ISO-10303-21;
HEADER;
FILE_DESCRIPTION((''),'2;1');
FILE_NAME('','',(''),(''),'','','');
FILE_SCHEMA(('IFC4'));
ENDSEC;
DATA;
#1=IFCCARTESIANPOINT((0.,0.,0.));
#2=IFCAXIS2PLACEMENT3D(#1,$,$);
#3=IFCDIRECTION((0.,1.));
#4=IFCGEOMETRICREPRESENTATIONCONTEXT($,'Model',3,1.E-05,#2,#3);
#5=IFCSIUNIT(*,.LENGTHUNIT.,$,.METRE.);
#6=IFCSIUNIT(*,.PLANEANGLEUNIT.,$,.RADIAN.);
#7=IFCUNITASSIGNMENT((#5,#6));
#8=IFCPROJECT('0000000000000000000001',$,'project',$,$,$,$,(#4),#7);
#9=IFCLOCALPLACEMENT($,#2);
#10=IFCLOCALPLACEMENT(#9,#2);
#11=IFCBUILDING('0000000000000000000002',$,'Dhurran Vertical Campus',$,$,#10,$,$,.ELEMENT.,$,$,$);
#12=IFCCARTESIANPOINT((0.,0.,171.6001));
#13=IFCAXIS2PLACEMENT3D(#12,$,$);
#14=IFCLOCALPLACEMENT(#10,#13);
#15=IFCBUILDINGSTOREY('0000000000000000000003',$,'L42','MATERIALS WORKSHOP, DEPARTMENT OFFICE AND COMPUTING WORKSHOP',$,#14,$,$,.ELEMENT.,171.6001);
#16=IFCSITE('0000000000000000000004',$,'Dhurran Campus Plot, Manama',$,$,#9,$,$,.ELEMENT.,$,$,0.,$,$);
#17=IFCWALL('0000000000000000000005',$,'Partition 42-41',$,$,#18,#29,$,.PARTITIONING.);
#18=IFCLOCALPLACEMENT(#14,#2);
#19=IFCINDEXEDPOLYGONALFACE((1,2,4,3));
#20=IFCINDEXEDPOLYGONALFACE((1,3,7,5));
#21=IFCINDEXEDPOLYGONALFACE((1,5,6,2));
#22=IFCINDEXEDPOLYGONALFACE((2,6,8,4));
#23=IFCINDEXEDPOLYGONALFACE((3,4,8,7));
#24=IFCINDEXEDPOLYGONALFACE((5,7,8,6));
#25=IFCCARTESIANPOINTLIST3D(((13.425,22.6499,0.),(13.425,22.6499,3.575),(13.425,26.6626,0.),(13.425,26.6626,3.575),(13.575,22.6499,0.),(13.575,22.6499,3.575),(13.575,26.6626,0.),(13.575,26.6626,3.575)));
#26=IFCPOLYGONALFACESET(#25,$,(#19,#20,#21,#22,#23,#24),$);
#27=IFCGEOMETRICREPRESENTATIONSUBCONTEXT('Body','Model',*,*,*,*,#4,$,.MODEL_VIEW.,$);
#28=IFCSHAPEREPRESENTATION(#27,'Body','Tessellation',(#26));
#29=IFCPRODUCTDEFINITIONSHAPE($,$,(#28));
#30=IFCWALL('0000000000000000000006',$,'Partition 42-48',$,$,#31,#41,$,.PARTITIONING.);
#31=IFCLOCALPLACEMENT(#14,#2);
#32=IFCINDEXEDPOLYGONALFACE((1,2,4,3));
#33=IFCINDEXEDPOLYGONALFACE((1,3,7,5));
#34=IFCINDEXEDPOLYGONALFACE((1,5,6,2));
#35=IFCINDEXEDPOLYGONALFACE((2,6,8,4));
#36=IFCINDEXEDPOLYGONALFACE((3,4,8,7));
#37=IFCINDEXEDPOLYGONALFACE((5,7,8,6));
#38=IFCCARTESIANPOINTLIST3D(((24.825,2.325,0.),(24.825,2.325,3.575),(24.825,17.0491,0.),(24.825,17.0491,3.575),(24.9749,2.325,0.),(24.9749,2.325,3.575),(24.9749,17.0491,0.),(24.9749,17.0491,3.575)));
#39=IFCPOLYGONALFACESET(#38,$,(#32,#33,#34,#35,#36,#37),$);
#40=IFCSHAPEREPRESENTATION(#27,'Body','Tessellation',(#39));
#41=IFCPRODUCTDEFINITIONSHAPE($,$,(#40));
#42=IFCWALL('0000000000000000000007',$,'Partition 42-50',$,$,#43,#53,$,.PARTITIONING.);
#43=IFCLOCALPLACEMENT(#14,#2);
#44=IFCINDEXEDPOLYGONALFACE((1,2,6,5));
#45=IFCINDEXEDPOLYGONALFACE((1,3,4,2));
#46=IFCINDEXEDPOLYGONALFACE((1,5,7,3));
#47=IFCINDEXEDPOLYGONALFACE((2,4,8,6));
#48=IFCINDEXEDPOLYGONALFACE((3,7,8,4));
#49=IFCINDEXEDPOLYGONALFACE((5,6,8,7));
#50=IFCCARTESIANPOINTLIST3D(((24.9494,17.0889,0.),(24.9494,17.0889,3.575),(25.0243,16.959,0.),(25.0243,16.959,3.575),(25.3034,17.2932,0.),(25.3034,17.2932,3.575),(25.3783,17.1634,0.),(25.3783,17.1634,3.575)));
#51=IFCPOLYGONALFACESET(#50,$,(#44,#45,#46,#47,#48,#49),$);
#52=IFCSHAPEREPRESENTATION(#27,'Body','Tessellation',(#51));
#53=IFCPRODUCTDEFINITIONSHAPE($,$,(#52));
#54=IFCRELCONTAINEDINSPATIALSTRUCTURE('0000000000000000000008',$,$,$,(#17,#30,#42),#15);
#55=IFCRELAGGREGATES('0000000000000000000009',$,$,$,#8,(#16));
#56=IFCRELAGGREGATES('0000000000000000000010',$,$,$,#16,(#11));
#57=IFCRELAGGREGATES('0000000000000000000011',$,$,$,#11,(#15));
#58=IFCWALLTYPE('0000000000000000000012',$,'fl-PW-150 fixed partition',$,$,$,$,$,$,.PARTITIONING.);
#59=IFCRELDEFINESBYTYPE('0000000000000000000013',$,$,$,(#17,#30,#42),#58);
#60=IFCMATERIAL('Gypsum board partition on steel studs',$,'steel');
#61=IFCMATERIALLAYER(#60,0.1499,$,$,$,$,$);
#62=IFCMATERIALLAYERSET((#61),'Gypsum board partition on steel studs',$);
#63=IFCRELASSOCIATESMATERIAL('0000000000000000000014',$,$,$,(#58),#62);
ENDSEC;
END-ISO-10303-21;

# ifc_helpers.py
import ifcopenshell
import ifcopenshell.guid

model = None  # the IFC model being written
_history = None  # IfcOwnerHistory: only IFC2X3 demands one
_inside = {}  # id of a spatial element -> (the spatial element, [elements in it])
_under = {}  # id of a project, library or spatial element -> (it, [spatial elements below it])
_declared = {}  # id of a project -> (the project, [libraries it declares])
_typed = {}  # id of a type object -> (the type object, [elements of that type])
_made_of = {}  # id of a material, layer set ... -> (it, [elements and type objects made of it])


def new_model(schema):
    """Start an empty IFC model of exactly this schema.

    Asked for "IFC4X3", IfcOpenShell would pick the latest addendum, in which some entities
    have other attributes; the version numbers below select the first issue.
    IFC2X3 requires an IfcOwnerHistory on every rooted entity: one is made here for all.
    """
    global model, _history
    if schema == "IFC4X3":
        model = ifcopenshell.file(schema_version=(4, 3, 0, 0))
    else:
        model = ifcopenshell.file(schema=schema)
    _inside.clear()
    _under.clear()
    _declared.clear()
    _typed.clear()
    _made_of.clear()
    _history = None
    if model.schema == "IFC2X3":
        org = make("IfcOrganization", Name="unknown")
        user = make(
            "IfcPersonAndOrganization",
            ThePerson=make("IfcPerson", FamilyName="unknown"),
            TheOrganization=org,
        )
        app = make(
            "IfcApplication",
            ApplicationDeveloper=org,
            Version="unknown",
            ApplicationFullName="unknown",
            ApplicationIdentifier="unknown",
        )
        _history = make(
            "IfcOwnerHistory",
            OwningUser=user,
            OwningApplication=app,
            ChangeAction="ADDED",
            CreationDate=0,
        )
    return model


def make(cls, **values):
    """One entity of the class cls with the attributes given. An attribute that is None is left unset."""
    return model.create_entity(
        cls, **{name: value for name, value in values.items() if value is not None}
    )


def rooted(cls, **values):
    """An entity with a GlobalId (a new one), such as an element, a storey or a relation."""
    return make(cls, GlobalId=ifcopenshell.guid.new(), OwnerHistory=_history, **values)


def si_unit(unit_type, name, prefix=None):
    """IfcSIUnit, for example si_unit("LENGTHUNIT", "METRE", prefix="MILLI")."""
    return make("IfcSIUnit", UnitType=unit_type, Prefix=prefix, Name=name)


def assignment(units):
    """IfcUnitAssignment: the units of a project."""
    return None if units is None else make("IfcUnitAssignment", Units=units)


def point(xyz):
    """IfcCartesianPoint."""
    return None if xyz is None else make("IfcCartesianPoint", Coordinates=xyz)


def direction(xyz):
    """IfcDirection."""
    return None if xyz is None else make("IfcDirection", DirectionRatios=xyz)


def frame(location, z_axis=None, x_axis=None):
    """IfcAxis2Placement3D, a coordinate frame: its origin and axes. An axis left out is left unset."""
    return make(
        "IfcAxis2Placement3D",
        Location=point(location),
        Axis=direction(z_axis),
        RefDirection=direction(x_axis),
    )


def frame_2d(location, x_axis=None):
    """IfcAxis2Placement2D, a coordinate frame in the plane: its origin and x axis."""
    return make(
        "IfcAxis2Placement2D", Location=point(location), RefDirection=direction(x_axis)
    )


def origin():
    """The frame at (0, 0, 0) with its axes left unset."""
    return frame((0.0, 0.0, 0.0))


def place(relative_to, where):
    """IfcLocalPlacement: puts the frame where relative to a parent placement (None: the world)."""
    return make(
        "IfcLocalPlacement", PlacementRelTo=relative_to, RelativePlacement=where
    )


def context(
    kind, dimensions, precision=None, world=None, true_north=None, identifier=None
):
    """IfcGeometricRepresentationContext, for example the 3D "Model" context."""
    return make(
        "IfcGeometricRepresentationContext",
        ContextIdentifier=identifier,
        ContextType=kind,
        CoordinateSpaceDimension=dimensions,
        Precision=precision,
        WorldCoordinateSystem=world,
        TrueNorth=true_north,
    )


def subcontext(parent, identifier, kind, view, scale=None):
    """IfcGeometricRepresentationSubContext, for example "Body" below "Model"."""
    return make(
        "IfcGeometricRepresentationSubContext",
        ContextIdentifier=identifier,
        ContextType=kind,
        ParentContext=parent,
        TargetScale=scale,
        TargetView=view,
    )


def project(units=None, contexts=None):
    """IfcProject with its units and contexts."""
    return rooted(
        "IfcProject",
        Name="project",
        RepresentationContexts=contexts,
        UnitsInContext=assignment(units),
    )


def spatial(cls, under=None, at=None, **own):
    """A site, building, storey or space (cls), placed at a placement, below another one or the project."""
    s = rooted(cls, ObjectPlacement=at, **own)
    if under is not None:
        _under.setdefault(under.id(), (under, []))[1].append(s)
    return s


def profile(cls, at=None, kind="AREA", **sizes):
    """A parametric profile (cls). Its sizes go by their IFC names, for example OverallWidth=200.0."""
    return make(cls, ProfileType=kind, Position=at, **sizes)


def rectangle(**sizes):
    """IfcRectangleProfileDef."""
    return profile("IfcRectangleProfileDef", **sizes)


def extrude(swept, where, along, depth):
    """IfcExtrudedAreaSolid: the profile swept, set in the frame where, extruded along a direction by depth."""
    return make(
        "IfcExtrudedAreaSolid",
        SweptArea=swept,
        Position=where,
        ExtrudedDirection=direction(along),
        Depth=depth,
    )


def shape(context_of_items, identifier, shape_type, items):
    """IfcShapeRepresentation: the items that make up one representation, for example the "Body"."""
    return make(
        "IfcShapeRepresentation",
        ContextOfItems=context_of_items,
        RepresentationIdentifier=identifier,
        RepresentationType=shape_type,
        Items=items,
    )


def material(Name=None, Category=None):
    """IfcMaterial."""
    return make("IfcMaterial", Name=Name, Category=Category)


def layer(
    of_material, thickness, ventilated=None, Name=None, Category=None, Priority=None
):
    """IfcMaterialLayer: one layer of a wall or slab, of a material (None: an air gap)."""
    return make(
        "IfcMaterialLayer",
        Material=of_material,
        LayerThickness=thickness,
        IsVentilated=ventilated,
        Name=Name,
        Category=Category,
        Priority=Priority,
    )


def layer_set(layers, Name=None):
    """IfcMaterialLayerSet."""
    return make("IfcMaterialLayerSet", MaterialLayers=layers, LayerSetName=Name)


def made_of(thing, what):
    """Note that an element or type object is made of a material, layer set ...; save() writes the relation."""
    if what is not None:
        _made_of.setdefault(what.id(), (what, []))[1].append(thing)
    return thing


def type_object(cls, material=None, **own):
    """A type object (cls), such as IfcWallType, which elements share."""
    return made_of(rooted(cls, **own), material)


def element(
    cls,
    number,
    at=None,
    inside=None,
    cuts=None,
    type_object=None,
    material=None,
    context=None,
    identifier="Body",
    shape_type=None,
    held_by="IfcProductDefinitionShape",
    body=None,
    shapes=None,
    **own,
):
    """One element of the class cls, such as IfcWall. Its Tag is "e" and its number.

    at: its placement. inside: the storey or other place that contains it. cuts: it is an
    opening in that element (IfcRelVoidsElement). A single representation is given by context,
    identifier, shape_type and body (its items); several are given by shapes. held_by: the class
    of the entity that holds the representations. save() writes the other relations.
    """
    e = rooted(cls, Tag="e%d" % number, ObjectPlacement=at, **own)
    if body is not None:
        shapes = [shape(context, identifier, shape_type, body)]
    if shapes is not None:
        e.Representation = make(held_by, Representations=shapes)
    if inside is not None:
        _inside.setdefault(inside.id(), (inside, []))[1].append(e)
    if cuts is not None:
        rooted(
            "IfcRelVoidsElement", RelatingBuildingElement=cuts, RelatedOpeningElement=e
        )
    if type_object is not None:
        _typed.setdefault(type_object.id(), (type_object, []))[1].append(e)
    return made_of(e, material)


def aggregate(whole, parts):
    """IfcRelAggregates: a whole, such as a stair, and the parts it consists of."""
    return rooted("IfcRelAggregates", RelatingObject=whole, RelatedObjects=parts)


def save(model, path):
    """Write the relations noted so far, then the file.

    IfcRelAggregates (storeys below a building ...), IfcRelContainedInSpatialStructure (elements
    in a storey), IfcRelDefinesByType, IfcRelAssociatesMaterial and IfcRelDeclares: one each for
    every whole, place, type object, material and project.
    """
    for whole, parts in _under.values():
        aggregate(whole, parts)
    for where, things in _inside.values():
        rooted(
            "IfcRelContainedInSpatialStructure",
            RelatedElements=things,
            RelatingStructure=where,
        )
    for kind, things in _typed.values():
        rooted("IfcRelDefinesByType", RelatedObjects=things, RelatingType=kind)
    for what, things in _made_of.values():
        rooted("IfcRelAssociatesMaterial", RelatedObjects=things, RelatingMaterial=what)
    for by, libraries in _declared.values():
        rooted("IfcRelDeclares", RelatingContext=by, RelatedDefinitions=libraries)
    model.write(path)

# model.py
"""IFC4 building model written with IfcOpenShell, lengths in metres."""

from ifc_helpers import new_model, si_unit, direction, frame, frame_2d, origin, place, context, subcontext, project, spatial, rectangle, extrude, material, layer, layer_set, type_object, element, save


model = new_model("IFC4")

# Units and contexts
model_context = context("Model", 3, precision=1e-05, world=origin(), true_north=direction((0.0, 1.0)))
body_context = subcontext(model_context, "Body", "Model", "MODEL_VIEW")
ifc_project = project(units=[si_unit("LENGTHUNIT", "METRE"), si_unit("PLANEANGLEUNIT", "RADIAN")], contexts=[model_context])

# Site, building, storey
site_placement = place(None, origin())
site = spatial("IfcSite", under=ifc_project, at=site_placement, Name="Dhurran Campus Plot, Manama", CompositionType="ELEMENT", RefElevation=0.0)
building_placement = place(site_placement, origin())
building = spatial("IfcBuilding", under=site, at=building_placement, Name="Dhurran Vertical Campus", CompositionType="ELEMENT")
storey_placement = place(building_placement, frame((0.0, 0.0, 171.6001)))
storey = spatial("IfcBuildingStorey", under=building, at=storey_placement, Name="L42", Description="MATERIALS WORKSHOP, DEPARTMENT OFFICE AND COMPUTING WORKSHOP", CompositionType="ELEMENT", Elevation=171.6001)

# Walls
ifc_material_1 = material(Name="Gypsum board partition on steel studs", Category="steel")
ifc_layer_1 = layer(ifc_material_1, 0.1499)
ifc_layer_set_1 = layer_set([ifc_layer_1], Name="Gypsum board partition on steel studs")
wall_type_1 = type_object("IfcWallType", Name="fl-PW-150 fixed partition", PredefinedType="PARTITIONING", material=ifc_layer_set_1)
wall_1_placement = place(storey_placement, frame((13.5, 26.6626, 0.0), z_axis=(0.0, 0.0, 1.0), x_axis=(0.0, -1.0, 0.0)))
element("IfcWall", 1, at=wall_1_placement, inside=storey, type_object=wall_type_1, Name="Partition 42-41", PredefinedType="PARTITIONING", context=body_context, shape_type="SweptSolid", body=[
    extrude(rectangle(XDim=4.0127, YDim=0.1499, at=frame_2d((2.0063, 0.0))), origin(), (0.0, 0.0, 1.0), 3.575),
])
wall_2_placement = place(storey_placement, frame((24.8999, 17.0491, 0.0), z_axis=(0.0, 0.0, 1.0), x_axis=(0.0, -1.0, 0.0)))
element("IfcWall", 2, at=wall_2_placement, inside=storey, type_object=wall_type_1, Name="Partition 42-48", PredefinedType="PARTITIONING", context=body_context, shape_type="SweptSolid", body=[
    extrude(rectangle(XDim=14.7241, YDim=0.1499, at=frame_2d((7.3621, 0.0))), origin(), (0.0, 0.0, 1.0), 3.575),
])
wall_3_placement = place(storey_placement, frame((25.3408, 17.2283, 0.0), z_axis=(0.0, 0.0, 1.0), x_axis=(-0.866066, -0.499929, 0.0)))
element("IfcWall", 3, at=wall_3_placement, inside=storey, type_object=wall_type_1, Name="Partition 42-50", PredefinedType="PARTITIONING", context=body_context, shape_type="SweptSolid", body=[
    extrude(rectangle(XDim=0.4087, YDim=0.1499, at=frame_2d((0.2043, 0.0))), origin(), (0.0, 0.0, 1.0), 3.575),
])

save(model, "model.ifc")
